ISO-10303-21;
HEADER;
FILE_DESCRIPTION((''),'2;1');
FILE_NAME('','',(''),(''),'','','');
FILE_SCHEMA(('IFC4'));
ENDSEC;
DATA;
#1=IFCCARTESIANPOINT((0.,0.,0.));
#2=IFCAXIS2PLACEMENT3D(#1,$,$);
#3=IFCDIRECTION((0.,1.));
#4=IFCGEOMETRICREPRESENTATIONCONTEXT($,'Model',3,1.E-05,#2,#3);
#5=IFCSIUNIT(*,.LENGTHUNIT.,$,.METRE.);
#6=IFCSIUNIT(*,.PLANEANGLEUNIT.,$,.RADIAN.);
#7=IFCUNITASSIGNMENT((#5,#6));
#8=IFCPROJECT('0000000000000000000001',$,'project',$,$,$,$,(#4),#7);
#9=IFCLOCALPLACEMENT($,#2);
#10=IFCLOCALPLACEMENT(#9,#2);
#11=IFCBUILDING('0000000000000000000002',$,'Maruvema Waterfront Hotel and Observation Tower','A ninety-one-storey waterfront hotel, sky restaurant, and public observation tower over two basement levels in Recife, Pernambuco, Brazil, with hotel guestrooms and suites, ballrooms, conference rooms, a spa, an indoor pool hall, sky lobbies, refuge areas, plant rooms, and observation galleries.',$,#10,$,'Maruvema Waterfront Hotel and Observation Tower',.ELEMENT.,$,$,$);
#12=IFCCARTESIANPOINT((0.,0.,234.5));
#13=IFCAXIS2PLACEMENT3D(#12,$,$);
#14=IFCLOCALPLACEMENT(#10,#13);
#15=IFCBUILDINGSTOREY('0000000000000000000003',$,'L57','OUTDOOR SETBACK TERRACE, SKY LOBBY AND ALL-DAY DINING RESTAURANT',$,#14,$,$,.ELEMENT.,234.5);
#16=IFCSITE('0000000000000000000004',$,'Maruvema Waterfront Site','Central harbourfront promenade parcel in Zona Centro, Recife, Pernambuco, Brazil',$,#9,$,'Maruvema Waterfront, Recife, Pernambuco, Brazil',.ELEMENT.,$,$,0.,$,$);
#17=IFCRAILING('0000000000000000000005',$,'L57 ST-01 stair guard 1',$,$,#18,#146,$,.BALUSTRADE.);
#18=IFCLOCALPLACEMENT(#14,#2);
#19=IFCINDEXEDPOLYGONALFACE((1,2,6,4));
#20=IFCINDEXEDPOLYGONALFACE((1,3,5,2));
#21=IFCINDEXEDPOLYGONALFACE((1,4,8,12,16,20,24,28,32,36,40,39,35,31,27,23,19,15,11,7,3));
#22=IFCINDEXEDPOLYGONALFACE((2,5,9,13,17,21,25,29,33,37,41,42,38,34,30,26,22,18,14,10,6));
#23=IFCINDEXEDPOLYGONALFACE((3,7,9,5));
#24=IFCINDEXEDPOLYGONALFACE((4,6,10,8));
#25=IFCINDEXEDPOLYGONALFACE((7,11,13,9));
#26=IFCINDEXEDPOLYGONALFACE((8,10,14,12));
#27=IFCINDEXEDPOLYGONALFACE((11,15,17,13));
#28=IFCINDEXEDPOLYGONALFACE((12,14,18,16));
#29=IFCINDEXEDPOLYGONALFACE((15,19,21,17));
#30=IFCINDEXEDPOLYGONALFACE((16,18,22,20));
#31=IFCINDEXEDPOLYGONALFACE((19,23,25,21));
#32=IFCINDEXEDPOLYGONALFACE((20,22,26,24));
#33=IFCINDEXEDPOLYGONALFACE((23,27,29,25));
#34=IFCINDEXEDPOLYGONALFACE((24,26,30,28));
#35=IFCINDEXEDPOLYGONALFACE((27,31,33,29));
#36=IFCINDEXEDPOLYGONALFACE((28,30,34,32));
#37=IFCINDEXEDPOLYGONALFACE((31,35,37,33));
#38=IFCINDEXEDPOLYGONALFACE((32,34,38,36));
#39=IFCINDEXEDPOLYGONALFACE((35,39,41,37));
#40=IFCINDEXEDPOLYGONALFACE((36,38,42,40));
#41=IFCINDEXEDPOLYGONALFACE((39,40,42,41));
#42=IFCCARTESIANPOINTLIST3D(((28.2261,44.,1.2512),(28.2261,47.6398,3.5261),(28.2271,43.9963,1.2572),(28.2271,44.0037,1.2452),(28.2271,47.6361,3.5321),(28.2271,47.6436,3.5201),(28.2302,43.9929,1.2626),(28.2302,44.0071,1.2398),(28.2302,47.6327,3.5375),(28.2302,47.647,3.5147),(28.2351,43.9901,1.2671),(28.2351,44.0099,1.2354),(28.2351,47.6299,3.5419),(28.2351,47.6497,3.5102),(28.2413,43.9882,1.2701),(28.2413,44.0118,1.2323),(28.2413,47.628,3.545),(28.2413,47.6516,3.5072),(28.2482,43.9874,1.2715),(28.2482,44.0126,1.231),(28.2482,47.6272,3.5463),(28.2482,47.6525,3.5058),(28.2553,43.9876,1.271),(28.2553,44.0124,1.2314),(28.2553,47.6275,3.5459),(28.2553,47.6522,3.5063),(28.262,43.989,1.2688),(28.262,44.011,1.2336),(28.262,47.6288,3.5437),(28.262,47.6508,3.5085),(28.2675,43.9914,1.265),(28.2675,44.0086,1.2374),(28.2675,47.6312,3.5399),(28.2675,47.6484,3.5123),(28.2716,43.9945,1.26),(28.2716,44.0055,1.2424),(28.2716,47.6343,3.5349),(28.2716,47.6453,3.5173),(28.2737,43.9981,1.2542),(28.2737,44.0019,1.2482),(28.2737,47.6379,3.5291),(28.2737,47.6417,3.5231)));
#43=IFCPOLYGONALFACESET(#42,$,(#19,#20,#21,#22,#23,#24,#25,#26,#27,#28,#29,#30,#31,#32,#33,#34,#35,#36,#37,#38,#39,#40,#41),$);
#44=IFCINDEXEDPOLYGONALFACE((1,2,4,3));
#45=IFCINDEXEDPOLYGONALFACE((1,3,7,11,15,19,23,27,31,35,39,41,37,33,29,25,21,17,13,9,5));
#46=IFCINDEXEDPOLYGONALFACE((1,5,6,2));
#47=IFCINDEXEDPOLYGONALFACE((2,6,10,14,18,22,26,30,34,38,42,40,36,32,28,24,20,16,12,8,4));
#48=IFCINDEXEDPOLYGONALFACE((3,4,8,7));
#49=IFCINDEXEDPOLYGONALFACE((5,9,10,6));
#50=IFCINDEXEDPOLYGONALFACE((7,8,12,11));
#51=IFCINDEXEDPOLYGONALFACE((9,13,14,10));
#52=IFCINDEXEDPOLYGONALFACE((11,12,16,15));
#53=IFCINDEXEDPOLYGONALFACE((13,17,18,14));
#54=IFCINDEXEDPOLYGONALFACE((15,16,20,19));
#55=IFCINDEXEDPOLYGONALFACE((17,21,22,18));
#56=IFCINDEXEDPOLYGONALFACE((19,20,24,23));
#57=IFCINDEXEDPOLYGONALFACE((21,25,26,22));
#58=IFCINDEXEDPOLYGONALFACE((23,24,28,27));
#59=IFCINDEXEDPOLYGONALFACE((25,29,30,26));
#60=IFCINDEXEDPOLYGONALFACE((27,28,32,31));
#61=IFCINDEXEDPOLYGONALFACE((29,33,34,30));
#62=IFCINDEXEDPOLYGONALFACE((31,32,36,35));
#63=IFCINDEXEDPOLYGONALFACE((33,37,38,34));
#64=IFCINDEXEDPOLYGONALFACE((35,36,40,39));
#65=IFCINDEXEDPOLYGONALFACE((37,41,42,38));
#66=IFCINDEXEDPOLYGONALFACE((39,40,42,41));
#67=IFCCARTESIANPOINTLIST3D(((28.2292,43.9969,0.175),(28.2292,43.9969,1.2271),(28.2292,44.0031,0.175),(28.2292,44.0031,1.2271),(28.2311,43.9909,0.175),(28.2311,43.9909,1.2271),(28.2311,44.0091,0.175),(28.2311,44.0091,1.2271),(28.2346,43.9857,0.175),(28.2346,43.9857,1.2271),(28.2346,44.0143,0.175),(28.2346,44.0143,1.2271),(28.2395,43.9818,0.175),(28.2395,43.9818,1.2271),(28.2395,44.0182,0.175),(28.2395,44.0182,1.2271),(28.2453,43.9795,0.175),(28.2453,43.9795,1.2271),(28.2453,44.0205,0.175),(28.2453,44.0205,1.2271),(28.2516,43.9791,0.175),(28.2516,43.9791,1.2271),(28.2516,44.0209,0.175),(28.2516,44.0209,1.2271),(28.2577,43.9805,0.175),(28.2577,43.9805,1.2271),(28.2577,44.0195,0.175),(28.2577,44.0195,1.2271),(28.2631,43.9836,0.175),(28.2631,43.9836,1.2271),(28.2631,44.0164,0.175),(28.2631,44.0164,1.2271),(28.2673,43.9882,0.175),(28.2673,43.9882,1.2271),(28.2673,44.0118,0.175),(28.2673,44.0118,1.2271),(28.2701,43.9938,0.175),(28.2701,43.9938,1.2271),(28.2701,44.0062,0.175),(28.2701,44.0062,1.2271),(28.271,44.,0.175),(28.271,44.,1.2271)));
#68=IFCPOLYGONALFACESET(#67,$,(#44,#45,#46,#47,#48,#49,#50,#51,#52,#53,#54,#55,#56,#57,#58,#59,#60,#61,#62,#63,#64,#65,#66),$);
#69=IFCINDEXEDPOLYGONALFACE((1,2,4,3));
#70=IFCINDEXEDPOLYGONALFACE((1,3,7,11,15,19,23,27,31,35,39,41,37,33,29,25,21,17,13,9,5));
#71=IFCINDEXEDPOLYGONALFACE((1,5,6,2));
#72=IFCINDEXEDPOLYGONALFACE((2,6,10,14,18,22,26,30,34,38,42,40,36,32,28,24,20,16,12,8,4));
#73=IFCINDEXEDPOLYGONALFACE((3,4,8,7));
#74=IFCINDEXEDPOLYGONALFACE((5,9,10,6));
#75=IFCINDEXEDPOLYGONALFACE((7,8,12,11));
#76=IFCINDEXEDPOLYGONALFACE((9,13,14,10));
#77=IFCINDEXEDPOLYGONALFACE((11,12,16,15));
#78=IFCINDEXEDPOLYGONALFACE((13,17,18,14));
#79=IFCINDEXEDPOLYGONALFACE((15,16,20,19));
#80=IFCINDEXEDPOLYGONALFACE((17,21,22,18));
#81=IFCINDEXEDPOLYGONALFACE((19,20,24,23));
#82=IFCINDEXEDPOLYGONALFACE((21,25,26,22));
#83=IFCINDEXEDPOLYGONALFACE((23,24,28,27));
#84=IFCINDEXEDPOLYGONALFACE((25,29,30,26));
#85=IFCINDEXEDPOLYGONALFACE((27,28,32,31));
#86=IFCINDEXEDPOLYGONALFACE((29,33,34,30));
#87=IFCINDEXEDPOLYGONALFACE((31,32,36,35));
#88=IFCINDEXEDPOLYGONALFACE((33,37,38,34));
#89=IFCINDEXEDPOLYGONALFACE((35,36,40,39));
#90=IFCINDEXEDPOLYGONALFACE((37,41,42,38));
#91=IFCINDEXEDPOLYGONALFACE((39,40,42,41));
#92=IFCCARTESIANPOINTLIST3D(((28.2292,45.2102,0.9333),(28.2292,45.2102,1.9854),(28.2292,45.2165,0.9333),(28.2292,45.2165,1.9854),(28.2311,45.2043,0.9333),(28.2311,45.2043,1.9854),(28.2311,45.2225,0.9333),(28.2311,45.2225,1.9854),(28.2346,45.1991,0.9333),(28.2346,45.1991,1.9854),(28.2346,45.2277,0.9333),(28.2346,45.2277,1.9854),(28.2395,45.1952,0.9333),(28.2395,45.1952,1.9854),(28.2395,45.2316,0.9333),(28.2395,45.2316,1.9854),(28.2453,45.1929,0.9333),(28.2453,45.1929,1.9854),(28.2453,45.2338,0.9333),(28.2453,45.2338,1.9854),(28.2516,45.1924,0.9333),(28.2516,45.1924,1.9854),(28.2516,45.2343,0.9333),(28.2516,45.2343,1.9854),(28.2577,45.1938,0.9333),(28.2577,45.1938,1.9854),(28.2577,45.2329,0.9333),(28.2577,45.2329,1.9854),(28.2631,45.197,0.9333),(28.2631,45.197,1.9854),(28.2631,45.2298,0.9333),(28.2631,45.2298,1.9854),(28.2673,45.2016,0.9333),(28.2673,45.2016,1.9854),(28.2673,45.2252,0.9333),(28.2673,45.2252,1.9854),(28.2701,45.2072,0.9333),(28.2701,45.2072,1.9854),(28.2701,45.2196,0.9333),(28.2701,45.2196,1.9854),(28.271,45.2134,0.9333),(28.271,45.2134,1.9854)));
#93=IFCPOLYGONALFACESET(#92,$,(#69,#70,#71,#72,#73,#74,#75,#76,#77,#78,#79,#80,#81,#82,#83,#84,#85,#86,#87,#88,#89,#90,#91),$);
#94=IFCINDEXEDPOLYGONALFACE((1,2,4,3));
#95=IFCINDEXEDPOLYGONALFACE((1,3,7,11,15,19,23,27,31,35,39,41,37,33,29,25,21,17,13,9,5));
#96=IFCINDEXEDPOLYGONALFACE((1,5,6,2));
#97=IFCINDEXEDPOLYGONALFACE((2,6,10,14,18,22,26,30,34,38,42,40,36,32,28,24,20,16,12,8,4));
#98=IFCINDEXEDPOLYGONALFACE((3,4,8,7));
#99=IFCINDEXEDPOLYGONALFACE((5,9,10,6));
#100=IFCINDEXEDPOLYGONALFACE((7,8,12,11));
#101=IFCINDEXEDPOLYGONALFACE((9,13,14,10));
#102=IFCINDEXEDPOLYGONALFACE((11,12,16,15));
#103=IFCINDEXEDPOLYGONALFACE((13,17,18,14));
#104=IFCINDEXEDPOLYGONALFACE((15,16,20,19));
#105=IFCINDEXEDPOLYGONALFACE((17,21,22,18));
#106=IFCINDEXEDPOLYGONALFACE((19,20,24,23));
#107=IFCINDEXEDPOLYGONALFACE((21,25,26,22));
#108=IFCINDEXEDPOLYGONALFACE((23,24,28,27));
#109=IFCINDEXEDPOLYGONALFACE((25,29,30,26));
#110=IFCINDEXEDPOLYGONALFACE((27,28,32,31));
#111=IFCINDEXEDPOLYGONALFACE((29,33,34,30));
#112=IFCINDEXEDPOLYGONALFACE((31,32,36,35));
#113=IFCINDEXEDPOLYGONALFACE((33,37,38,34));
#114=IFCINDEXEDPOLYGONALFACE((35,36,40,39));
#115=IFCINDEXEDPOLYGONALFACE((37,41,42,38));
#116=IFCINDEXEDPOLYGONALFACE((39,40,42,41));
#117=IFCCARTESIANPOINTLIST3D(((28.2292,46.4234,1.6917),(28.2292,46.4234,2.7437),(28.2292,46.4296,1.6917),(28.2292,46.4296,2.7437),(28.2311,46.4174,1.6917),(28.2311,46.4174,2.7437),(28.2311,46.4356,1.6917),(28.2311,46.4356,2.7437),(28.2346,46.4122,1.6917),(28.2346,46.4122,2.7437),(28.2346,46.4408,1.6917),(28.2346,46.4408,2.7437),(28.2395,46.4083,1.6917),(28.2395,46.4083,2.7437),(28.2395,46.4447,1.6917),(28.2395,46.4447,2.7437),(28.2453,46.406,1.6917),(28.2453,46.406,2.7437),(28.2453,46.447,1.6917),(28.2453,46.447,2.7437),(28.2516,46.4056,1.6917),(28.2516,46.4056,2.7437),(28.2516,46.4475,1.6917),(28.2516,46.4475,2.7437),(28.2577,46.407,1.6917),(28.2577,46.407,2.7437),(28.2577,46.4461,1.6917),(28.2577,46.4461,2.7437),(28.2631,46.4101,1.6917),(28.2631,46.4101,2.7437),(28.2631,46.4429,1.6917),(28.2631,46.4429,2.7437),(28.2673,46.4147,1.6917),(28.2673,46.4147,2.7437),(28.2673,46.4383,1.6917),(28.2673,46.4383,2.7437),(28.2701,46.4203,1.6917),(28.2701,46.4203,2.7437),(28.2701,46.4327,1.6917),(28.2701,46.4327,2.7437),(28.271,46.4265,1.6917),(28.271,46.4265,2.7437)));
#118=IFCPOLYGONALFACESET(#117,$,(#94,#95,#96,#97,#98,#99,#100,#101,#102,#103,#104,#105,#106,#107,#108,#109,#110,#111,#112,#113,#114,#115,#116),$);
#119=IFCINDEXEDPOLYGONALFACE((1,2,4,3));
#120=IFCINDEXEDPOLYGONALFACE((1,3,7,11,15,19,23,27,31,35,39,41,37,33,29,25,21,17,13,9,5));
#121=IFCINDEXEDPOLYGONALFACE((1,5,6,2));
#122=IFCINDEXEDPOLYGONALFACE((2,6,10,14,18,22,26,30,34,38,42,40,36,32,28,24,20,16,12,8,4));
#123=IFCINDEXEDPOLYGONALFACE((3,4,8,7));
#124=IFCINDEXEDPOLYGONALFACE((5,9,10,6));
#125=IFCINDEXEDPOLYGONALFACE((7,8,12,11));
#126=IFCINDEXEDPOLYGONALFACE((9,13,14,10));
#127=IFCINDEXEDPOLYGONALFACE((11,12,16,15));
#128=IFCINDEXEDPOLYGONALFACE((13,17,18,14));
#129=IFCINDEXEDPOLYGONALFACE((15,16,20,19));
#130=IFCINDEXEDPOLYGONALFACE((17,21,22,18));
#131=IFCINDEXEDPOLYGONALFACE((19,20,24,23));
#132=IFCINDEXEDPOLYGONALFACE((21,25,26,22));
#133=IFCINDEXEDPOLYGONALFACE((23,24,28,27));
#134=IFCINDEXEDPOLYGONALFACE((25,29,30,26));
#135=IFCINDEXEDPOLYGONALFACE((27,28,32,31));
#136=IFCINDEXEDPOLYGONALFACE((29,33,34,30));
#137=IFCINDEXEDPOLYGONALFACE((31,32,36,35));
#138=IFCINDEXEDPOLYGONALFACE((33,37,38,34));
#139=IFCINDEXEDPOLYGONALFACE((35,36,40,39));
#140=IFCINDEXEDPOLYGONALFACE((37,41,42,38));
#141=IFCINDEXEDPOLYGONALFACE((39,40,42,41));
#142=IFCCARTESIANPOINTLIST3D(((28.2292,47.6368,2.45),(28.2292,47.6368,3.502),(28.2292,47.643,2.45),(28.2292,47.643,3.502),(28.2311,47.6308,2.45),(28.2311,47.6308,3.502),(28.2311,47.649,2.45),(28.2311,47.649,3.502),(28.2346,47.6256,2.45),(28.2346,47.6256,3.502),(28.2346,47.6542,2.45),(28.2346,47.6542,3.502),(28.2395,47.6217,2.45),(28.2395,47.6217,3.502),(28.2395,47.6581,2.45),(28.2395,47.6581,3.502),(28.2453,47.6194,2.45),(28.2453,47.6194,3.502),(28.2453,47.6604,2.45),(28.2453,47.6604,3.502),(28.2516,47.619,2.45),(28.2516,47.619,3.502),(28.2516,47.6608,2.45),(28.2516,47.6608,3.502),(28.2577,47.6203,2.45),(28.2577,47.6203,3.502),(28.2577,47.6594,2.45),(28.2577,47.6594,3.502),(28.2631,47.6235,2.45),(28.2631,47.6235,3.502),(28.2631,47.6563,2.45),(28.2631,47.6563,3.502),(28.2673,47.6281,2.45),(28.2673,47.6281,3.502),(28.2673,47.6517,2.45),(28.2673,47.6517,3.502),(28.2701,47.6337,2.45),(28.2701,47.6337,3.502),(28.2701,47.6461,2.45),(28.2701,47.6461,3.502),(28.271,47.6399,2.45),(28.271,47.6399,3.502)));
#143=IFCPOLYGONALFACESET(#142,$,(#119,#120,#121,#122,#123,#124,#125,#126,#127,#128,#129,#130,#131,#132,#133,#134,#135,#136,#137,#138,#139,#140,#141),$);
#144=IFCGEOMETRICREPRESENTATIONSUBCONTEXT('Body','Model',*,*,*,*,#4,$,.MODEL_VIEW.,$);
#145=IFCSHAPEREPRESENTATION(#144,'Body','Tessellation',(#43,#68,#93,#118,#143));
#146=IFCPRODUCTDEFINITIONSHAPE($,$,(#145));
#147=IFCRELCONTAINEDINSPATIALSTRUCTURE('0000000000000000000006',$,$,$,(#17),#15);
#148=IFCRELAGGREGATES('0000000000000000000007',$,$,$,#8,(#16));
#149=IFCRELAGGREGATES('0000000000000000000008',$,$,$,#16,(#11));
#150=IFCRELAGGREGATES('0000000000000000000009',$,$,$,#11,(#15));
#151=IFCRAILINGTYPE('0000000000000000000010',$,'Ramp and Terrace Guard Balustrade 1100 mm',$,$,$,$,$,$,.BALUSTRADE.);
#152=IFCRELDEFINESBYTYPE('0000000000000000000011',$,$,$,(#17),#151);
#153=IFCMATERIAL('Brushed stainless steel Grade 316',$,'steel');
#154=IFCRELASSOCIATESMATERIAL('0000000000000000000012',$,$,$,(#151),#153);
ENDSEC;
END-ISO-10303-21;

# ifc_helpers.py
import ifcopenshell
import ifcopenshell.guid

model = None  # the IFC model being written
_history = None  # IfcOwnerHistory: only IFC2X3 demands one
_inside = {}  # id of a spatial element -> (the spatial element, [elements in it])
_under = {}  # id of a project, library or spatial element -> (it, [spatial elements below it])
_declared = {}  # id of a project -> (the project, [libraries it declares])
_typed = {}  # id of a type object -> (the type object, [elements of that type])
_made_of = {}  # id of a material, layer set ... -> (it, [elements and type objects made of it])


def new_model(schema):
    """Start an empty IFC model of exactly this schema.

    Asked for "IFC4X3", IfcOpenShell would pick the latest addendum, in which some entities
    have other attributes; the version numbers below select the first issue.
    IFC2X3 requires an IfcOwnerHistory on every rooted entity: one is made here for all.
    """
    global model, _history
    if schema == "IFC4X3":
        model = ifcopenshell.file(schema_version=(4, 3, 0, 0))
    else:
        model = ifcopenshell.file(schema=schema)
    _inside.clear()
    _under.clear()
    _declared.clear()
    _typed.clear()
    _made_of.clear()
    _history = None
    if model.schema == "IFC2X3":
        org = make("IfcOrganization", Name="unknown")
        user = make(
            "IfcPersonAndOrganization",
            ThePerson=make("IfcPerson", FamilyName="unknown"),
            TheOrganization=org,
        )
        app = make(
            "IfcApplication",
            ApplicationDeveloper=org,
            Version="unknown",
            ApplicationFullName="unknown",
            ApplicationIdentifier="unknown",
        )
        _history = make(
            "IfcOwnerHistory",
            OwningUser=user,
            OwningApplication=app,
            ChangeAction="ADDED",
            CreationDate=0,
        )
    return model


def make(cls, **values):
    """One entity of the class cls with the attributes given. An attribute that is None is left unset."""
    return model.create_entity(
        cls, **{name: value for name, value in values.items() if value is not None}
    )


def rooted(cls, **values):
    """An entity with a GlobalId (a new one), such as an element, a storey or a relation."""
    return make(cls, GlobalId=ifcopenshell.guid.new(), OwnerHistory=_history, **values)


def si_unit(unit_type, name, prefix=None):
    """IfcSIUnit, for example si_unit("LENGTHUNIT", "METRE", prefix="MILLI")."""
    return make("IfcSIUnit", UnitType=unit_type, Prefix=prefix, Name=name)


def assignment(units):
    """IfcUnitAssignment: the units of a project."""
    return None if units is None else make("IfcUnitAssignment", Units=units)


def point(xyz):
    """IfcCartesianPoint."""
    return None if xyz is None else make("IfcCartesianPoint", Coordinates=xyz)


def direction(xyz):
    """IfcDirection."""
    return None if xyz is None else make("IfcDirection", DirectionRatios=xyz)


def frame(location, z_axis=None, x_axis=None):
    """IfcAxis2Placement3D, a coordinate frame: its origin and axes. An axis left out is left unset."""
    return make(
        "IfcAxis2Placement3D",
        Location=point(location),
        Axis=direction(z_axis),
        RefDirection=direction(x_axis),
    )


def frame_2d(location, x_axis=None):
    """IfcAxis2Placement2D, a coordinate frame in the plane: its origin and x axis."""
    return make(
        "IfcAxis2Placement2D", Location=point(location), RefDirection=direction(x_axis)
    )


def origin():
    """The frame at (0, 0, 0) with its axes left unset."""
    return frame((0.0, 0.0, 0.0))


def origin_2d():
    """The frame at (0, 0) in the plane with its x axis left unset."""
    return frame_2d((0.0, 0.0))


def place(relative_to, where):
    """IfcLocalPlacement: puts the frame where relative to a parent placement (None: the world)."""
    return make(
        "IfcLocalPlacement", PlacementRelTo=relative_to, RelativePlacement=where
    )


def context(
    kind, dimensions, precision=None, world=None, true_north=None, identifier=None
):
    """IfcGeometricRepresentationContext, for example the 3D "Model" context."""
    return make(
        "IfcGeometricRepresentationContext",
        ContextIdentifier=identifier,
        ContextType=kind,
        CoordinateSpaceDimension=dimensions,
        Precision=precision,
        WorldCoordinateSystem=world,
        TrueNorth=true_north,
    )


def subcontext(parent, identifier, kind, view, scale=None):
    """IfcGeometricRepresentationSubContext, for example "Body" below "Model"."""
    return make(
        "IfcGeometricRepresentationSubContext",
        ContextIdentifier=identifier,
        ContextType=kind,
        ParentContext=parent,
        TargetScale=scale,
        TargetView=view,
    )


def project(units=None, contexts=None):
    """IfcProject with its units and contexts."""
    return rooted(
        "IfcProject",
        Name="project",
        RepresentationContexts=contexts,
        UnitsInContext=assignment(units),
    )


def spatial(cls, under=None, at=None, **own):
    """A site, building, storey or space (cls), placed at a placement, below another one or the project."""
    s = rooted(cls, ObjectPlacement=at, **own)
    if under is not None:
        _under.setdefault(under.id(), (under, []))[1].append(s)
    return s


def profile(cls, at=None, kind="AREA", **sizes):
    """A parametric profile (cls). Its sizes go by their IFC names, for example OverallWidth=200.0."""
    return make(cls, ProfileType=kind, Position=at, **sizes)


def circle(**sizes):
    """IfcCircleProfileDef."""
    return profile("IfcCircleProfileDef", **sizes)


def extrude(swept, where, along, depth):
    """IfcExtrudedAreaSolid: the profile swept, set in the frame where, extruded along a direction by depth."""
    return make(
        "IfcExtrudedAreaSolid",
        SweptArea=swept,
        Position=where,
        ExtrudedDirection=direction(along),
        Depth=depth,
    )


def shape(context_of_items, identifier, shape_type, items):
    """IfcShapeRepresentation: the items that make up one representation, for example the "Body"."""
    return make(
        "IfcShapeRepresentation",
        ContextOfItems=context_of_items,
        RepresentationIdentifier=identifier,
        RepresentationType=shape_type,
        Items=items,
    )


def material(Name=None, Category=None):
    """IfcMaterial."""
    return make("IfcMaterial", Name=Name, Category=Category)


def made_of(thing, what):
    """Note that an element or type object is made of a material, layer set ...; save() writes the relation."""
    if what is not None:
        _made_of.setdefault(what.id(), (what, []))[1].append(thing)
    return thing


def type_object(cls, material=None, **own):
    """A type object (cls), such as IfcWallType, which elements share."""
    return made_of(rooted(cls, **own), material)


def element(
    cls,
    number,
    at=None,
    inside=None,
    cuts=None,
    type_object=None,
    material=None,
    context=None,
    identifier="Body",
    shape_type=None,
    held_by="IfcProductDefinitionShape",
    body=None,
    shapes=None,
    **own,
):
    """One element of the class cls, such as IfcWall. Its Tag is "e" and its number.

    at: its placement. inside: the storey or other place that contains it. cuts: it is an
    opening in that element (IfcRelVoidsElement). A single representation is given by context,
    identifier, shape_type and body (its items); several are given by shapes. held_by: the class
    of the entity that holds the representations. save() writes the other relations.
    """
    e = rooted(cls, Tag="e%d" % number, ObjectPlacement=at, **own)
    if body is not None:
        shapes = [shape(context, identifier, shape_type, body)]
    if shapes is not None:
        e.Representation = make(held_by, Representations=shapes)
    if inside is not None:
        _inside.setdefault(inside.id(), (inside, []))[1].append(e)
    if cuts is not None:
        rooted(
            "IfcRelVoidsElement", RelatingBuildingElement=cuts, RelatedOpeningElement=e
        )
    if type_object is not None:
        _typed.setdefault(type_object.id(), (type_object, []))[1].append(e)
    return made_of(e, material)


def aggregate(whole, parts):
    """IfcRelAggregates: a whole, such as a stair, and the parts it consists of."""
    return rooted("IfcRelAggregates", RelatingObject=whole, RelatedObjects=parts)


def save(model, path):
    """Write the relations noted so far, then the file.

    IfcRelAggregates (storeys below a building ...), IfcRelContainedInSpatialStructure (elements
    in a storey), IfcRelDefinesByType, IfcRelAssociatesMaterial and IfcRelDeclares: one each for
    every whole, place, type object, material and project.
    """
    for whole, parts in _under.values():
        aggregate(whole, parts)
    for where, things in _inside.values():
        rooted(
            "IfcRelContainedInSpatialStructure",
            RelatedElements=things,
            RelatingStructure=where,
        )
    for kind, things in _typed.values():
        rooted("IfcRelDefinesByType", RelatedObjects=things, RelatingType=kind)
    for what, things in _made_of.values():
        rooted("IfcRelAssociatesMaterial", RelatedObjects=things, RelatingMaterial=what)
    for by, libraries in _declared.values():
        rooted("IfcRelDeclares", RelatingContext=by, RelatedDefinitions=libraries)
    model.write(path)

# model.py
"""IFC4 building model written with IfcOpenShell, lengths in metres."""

from ifc_helpers import new_model, si_unit, direction, frame, origin, origin_2d, place, context, subcontext, project, spatial, circle, extrude, material, type_object, element, save


model = new_model("IFC4")

# Units and contexts
model_context = context("Model", 3, precision=1e-05, world=origin(), true_north=direction((0.0, 1.0)))
body_context = subcontext(model_context, "Body", "Model", "MODEL_VIEW")
ifc_project = project(units=[si_unit("LENGTHUNIT", "METRE"), si_unit("PLANEANGLEUNIT", "RADIAN")], contexts=[model_context])

# Site, building, storey
site_placement = place(None, origin())
site = spatial("IfcSite", under=ifc_project, at=site_placement, Name="Maruvema Waterfront Site", Description="Central harbourfront promenade parcel in Zona Centro, Recife, Pernambuco, Brazil", LongName="Maruvema Waterfront, Recife, Pernambuco, Brazil", CompositionType="ELEMENT", RefElevation=0.0)
building_placement = place(site_placement, origin())
building = spatial("IfcBuilding", under=site, at=building_placement, Name="Maruvema Waterfront Hotel and Observation Tower", Description="A ninety-one-storey waterfront hotel, sky restaurant, and public observation tower over two basement levels in Recife, Pernambuco, Brazil, with hotel guestrooms and suites, ballrooms, conference rooms, a spa, an indoor pool hall, sky lobbies, refuge areas, plant rooms, and observation galleries.", LongName="Maruvema Waterfront Hotel and Observation Tower", CompositionType="ELEMENT")
storey_placement = place(building_placement, frame((0.0, 0.0, 234.5)))
storey = spatial("IfcBuildingStorey", under=building, at=storey_placement, Name="L57", Description="OUTDOOR SETBACK TERRACE, SKY LOBBY AND ALL-DAY DINING RESTAURANT", CompositionType="ELEMENT", Elevation=234.5)

# Railing
ifc_material_1 = material(Name="Brushed stainless steel Grade 316", Category="steel")
railing_type_1 = type_object("IfcRailingType", Name="Ramp and Terrace Guard Balustrade 1100 mm", PredefinedType="BALUSTRADE", material=ifc_material_1)
railing_1_placement = place(storey_placement, frame((28.25, 44.0, 0.175)))
element("IfcRailing", 1, at=railing_1_placement, inside=storey, type_object=railing_type_1, Name="L57 ST-01 stair guard 1", PredefinedType="BALUSTRADE", context=body_context, shape_type="SweptSolid", body=[
    extrude(circle(Radius=0.0239, at=origin_2d()), frame((0.0, 0.0, 1.0762), z_axis=(0.0, 0.848001, 0.529994), x_axis=(-1.0, 0.0, 0.0)), (0.0, 0.0, 1.0), 4.2922),
    extrude(circle(Radius=0.021, at=origin_2d()), origin(), (0.0, 0.0, 1.0), 1.052),
    extrude(circle(Radius=0.021, at=origin_2d()), frame((0.0, 1.2134, 0.7583)), (0.0, 0.0, 1.0), 1.052),
    extrude(circle(Radius=0.021, at=origin_2d()), frame((0.0, 2.4265, 1.5166)), (0.0, 0.0, 1.0), 1.052),
    extrude(circle(Radius=0.021, at=origin_2d()), frame((0.0, 3.6399, 2.2749)), (0.0, 0.0, 1.0), 1.052),
])

save(model, "model.ifc")
